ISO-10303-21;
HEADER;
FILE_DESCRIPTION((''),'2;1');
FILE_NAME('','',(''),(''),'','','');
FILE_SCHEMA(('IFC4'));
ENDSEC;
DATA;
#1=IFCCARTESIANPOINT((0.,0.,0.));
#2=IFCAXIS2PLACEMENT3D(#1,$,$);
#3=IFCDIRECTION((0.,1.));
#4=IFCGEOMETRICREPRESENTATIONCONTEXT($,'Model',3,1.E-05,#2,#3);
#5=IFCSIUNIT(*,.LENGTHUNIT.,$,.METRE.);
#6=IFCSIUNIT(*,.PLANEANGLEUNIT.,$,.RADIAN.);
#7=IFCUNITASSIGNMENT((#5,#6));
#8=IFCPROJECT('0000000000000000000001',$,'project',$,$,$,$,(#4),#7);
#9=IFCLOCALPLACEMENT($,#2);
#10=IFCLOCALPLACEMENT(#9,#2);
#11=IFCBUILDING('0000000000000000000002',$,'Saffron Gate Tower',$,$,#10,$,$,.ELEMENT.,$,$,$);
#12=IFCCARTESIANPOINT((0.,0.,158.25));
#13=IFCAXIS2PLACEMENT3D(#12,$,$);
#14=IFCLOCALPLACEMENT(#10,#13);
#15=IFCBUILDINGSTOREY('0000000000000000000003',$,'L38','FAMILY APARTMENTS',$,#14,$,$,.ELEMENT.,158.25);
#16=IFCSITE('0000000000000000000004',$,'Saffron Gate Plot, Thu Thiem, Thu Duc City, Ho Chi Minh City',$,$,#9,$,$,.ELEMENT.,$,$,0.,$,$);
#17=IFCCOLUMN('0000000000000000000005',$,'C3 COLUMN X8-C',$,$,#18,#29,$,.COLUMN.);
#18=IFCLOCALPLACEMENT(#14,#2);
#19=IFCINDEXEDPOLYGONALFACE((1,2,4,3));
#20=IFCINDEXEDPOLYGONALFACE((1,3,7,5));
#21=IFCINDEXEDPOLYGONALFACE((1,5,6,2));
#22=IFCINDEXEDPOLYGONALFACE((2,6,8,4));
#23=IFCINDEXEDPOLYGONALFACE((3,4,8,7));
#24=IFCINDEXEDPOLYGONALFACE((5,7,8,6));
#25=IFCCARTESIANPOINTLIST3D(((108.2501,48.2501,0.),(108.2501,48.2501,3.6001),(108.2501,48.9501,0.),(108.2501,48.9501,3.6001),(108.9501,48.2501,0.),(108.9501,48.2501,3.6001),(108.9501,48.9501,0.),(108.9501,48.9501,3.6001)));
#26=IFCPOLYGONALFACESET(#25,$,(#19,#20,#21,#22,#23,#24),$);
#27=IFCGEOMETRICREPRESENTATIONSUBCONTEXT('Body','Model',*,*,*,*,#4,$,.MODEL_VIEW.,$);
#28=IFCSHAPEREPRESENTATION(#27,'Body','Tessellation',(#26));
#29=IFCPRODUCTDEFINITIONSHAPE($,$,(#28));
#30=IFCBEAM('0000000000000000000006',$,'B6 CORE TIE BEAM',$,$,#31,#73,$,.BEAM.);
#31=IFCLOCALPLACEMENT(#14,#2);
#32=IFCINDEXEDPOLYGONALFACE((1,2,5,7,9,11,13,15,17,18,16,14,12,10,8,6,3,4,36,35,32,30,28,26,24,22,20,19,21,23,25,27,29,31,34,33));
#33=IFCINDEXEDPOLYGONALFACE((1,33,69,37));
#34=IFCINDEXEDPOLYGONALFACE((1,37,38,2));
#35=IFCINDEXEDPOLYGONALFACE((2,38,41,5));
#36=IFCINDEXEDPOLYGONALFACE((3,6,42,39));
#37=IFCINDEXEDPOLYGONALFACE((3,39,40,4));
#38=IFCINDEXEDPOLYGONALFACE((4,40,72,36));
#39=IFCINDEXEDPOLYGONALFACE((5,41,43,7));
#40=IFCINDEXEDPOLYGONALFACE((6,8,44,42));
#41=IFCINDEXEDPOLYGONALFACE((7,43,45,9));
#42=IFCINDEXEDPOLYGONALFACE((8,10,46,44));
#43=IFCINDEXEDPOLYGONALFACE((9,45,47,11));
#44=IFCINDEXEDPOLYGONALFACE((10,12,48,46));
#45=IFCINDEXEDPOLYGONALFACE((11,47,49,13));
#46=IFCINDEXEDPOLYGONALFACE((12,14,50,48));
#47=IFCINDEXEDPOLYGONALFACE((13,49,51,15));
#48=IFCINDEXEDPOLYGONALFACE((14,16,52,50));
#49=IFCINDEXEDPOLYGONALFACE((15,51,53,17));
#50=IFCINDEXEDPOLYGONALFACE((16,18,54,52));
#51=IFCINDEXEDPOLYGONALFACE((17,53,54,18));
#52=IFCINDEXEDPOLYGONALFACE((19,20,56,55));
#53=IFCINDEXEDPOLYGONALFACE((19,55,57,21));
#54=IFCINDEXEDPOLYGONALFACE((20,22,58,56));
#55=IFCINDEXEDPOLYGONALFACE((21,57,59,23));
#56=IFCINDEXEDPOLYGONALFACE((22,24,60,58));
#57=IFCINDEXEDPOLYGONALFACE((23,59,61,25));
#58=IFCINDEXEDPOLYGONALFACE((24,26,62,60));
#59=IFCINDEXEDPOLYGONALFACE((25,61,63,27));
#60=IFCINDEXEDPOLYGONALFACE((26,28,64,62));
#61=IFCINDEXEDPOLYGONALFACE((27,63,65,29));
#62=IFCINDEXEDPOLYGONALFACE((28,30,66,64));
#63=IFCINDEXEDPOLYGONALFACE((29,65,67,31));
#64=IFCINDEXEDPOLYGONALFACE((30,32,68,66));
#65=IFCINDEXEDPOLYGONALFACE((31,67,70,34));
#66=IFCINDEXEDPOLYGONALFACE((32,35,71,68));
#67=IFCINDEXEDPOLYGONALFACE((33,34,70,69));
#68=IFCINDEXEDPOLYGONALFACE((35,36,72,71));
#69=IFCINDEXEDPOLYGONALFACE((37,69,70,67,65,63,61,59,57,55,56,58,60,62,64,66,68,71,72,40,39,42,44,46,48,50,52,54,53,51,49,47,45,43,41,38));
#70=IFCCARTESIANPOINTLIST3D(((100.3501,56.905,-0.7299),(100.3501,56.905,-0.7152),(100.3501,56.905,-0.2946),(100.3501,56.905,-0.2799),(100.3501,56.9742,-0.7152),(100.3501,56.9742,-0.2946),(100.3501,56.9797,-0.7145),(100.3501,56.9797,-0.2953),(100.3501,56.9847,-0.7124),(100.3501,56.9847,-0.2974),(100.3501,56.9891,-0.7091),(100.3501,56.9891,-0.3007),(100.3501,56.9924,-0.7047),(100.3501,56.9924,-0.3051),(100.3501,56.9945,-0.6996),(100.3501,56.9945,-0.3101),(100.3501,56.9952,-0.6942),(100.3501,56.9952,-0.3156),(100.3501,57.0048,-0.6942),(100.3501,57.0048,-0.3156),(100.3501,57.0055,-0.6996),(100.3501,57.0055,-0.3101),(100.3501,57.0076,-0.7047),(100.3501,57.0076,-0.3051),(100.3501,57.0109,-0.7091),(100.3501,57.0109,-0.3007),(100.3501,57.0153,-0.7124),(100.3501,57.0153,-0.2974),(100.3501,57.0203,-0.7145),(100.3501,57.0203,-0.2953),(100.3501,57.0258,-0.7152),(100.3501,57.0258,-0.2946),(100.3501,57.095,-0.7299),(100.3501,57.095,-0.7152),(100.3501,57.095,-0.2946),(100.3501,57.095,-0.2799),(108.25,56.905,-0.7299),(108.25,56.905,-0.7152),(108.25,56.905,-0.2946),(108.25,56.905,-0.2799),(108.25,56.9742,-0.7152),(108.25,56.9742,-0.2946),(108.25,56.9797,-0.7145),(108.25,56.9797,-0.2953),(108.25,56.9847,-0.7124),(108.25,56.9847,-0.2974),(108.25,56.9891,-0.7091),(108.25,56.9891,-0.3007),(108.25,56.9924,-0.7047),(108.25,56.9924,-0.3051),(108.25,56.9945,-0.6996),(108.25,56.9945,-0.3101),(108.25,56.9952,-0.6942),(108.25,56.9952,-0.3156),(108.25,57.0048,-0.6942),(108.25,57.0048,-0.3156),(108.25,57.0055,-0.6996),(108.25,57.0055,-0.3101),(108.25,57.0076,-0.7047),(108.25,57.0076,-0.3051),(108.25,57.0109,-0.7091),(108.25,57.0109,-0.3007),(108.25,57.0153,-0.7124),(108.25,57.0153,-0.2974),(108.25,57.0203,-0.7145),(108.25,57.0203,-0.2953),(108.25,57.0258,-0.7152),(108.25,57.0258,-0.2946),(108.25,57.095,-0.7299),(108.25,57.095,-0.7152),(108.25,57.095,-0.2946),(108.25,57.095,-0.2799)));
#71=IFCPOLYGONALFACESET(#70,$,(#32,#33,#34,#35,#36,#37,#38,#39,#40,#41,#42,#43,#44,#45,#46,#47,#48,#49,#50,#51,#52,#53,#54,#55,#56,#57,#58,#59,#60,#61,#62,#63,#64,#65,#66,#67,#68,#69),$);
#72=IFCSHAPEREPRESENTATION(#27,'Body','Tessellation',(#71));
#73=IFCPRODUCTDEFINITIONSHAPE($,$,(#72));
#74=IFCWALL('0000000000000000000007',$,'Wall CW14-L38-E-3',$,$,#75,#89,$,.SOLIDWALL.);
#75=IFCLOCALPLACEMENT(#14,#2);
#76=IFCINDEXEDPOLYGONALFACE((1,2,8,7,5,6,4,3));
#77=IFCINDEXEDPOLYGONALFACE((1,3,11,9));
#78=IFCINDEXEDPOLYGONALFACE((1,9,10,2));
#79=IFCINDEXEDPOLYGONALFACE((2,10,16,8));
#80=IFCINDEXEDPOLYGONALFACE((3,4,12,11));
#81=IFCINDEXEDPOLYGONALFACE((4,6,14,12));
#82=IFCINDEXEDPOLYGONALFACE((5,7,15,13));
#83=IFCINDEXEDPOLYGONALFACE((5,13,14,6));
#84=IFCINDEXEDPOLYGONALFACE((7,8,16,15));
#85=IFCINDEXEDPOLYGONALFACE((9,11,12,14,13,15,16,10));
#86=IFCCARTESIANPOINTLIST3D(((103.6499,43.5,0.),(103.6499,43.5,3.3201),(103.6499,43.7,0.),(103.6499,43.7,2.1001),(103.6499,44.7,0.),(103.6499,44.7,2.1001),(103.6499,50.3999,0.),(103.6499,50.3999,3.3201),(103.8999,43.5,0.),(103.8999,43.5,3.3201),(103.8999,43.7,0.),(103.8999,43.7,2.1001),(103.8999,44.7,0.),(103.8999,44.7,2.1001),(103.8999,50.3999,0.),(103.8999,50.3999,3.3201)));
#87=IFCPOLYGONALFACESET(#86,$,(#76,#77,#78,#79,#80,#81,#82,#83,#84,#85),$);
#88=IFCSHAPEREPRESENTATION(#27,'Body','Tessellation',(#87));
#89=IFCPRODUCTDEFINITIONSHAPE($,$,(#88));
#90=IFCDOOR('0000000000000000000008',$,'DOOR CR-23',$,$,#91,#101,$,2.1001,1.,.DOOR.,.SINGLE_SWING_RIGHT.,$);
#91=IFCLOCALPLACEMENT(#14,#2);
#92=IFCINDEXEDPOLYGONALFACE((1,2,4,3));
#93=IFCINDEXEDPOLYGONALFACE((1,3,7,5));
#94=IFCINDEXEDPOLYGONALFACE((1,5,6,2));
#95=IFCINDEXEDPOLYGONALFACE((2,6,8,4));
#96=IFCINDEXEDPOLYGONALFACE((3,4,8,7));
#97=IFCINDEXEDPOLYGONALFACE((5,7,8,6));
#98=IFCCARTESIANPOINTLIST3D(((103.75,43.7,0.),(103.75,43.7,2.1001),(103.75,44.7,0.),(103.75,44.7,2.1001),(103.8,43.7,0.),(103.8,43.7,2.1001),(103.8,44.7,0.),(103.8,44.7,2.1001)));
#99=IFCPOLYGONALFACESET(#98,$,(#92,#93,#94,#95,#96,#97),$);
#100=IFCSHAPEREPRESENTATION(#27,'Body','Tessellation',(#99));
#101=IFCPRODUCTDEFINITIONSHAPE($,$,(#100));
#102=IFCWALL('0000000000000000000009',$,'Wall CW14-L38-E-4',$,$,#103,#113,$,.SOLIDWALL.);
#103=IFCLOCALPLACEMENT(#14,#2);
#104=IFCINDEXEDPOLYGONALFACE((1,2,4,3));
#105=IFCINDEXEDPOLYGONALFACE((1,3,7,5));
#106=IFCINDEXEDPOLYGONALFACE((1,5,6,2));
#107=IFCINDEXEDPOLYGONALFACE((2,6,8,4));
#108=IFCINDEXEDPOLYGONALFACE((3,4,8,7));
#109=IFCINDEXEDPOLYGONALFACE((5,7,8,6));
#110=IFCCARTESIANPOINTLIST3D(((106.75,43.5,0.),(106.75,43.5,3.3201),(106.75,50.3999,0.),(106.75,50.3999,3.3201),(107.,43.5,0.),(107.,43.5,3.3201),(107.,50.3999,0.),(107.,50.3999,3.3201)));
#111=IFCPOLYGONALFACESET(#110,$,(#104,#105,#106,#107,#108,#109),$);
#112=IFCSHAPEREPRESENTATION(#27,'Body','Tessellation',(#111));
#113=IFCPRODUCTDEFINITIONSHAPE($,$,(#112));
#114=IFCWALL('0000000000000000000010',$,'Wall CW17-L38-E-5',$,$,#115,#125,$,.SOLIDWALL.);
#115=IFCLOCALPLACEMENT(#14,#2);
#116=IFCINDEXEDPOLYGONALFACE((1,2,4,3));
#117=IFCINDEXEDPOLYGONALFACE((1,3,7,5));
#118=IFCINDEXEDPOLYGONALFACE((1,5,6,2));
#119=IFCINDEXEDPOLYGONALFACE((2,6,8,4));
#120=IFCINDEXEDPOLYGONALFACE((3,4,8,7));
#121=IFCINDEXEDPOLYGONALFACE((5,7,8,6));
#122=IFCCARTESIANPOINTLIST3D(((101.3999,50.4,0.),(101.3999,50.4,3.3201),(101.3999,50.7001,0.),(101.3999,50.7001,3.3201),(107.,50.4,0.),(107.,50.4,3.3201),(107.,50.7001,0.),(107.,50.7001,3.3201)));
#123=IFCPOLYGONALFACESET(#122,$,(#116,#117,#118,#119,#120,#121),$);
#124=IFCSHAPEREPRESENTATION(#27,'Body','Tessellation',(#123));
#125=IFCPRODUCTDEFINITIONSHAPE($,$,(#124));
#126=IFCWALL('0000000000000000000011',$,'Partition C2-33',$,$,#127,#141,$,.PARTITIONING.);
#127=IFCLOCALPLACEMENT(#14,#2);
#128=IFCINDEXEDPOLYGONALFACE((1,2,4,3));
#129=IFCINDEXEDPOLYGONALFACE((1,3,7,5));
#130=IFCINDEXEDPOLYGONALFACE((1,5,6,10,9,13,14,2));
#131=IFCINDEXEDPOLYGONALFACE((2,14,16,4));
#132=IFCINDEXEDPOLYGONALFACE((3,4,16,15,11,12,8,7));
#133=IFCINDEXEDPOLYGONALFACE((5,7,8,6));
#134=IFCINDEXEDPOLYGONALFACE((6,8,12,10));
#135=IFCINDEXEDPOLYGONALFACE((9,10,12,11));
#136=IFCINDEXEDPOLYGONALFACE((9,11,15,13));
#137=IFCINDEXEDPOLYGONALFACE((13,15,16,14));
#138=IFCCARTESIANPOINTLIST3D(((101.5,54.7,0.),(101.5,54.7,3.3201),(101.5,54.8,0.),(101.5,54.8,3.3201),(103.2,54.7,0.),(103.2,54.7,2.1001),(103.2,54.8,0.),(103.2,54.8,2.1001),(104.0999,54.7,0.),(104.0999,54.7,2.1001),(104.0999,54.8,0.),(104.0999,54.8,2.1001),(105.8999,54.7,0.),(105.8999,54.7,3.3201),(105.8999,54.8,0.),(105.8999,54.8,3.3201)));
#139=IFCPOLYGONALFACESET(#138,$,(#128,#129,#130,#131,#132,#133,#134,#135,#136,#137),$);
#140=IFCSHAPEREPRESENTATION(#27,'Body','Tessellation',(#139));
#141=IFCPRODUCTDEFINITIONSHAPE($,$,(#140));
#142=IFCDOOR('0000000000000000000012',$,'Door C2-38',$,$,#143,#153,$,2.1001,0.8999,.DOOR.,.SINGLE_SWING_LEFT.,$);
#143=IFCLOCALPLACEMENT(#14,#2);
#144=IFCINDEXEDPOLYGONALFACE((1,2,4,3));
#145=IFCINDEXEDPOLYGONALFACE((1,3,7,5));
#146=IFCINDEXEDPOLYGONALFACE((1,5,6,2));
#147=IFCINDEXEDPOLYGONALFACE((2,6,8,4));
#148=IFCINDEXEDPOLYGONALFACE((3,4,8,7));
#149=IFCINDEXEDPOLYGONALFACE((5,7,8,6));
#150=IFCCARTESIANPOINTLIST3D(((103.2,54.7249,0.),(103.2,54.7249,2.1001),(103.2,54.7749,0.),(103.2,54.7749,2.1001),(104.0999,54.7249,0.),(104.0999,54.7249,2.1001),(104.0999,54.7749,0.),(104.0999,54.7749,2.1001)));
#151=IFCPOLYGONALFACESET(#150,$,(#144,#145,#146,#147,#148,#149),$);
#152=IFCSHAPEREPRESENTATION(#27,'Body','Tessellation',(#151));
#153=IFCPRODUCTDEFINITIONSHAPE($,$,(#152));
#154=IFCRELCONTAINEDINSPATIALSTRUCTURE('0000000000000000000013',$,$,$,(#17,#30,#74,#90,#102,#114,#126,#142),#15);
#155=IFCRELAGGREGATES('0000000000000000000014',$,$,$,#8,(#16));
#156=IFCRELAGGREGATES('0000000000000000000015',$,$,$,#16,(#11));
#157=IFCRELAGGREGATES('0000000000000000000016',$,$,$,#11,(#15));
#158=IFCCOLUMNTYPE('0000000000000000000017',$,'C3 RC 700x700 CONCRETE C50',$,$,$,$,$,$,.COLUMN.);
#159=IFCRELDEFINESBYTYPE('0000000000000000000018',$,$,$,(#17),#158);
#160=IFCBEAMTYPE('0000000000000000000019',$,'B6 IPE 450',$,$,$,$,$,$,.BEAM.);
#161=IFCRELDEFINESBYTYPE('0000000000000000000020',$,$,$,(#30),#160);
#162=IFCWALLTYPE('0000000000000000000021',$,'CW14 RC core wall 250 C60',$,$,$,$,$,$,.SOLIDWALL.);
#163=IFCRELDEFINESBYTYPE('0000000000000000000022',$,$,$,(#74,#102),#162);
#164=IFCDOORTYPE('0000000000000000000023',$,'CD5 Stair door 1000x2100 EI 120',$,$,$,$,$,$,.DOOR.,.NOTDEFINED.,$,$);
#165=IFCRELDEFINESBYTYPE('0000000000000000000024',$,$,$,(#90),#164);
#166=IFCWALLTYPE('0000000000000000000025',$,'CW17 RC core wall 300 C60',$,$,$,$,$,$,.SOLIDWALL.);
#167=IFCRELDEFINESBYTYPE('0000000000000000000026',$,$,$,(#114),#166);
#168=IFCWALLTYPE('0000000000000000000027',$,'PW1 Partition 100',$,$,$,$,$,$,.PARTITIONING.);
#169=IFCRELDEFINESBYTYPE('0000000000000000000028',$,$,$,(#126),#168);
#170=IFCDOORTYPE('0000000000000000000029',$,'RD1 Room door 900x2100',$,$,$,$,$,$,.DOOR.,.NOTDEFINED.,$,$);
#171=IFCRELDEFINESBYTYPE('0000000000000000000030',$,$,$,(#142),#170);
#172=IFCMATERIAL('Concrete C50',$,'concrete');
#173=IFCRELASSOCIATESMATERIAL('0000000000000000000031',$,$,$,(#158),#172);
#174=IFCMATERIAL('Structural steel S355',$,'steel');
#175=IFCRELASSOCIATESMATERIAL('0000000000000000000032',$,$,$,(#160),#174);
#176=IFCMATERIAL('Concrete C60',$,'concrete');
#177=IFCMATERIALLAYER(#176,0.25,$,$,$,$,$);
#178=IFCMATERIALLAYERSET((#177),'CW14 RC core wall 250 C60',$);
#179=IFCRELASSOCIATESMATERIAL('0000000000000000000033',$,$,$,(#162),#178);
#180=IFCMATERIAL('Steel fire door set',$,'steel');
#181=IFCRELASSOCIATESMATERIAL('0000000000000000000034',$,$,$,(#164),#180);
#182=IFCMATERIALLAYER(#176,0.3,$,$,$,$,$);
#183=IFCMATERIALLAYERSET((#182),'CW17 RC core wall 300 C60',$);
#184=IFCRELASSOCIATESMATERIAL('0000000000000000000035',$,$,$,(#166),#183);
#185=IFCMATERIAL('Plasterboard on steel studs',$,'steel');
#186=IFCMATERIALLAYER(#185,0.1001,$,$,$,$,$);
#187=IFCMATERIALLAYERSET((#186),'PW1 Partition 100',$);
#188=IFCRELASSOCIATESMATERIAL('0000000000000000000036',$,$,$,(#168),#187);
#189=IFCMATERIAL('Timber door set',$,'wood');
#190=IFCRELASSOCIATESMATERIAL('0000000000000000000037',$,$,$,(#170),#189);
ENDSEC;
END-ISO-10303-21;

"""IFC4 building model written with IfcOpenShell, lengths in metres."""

from ifc_helpers import new_model, si_unit, direction, frame, frame_2d, origin, origin_2d, place, context, subcontext, project, spatial, rectangle, i_section, extrude, material, layer, layer_set, material_profile, profile_set, type_object, element, fill, save


model = new_model("IFC4")

# Units and contexts
model_context = context("Model", 3, precision=1e-05, world=origin(), true_north=direction((0.0, 1.0)))
body_context = subcontext(model_context, "Body", "Model", "MODEL_VIEW")
ifc_project = project(units=[si_unit("LENGTHUNIT", "METRE"), si_unit("PLANEANGLEUNIT", "RADIAN")], contexts=[model_context])

# Site, building, storey
site_placement = place(None, origin())
site = spatial("IfcSite", under=ifc_project, at=site_placement, Name="Saffron Gate Plot, Thu Thiem, Thu Duc City, Ho Chi Minh City", CompositionType="ELEMENT", RefElevation=0.0)
building_placement = place(site_placement, origin())
building = spatial("IfcBuilding", under=site, at=building_placement, Name="Saffron Gate Tower", CompositionType="ELEMENT")
storey_placement = place(building_placement, frame((0.0, 0.0, 158.25)))
storey = spatial("IfcBuildingStorey", under=building, at=storey_placement, Name="L38", Description="FAMILY APARTMENTS", CompositionType="ELEMENT", Elevation=158.25)

# Column
ifc_material_1 = material(Name="Concrete C50", Category="concrete")
ifc_material_profile_1 = material_profile(ifc_material_1, rectangle(XDim=0.7, YDim=0.7, at=origin_2d()))
ifc_profile_set_1 = profile_set([ifc_material_profile_1], Name="Concrete C50")
column_type = type_object("IfcColumnType", Name="C3 RC 700x700 CONCRETE C50", PredefinedType="COLUMN", material=ifc_profile_set_1)
column_placement = place(storey_placement, frame((108.6001, 48.6001, 0.0), z_axis=(0.0, 0.0, 1.0), x_axis=(1.0, 0.0, 0.0)))
element("IfcColumn", 1, at=column_placement, inside=storey, type_object=column_type, Name="C3 COLUMN X8-C", PredefinedType="COLUMN", context=body_context, shape_type="SweptSolid", body=[
    extrude(rectangle(XDim=0.7, YDim=0.7, at=origin_2d()), origin(), (0.0, 0.0, 1.0), 3.6001),
])

# Beam
ifc_material_2 = material(Name="Structural steel S355", Category="steel")
ifc_material_profile_2 = material_profile(ifc_material_2, i_section(OverallWidth=0.1899, OverallDepth=0.45, WebThickness=0.0095, FlangeThickness=0.0146, FilletRadius=0.021, at=origin_2d()))
ifc_profile_set_2 = profile_set([ifc_material_profile_2], Name="Structural steel S355")
beam_type = type_object("IfcBeamType", Name="B6 IPE 450", PredefinedType="BEAM", material=ifc_profile_set_2)
beam_placement = place(storey_placement, frame((108.25, 57.0, -0.5049), z_axis=(-1.0, 0.0, 0.0), x_axis=(0.0, -1.0, 0.0)))
element("IfcBeam", 2, at=beam_placement, inside=storey, type_object=beam_type, Name="B6 CORE TIE BEAM", PredefinedType="BEAM", context=body_context, shape_type="SweptSolid", body=[
    extrude(i_section(OverallWidth=0.1899, OverallDepth=0.45, WebThickness=0.0095, FlangeThickness=0.0146, FilletRadius=0.021, at=origin_2d()), origin(), (0.0, 0.0, 1.0), 7.8999),
])

# Wall, opening, door
ifc_material_3 = material(Name="Concrete C60", Category="concrete")
ifc_layer_1 = layer(ifc_material_3, 0.25)
ifc_layer_set_1 = layer_set([ifc_layer_1], Name="CW14 RC core wall 250 C60")
wall_type_1 = type_object("IfcWallType", Name="CW14 RC core wall 250 C60", PredefinedType="SOLIDWALL", material=ifc_layer_set_1)
wall_1_placement = place(storey_placement, frame((103.7749, 43.5, 0.0), z_axis=(0.0, 0.0, 1.0), x_axis=(0.0, 1.0, 0.0)))
wall_1 = element("IfcWall", 3, at=wall_1_placement, inside=storey, type_object=wall_type_1, Name="Wall CW14-L38-E-3", PredefinedType="SOLIDWALL", context=body_context, shape_type="SweptSolid", body=[
    extrude(rectangle(XDim=6.8999, YDim=0.25, at=frame_2d((3.45, 0.0))), origin(), (0.0, 0.0, 1.0), 3.3201),
])
opening_1_placement = place(wall_1_placement, frame((0.2, 0.0, 0.0)))
opening_1 = element("IfcOpeningElement", 4, at=opening_1_placement, cuts=wall_1, PredefinedType="OPENING", context=body_context, shape_type="SweptSolid", body=[
    extrude(rectangle(XDim=1.0, YDim=2.1001, at=frame_2d((0.5, 1.05))), frame((0.0, 0.135, 0.0), z_axis=(0.0, -1.0, 0.0), x_axis=(1.0, 0.0, 0.0)), (0.0, 0.0, 1.0), 0.27),
])
ifc_material_4 = material(Name="Steel fire door set", Category="steel")
door_type_1 = type_object("IfcDoorType", Name="CD5 Stair door 1000x2100 EI 120", OperationType="NOTDEFINED", PredefinedType="DOOR", material=ifc_material_4)
door_1_placement = place(opening_1_placement, origin())
door_1 = element("IfcDoor", 5, at=door_1_placement, inside=storey, type_object=door_type_1, Name="DOOR CR-23", OperationType="SINGLE_SWING_RIGHT", OverallHeight=2.1001, OverallWidth=1.0, PredefinedType="DOOR", context=body_context, shape_type="SweptSolid", body=[
    extrude(rectangle(XDim=1.0, YDim=2.1001, at=frame_2d((0.5, 1.05))), frame((0.0, 0.0249, 0.0), z_axis=(0.0, -1.0, 0.0), x_axis=(1.0, 0.0, 0.0)), (0.0, 0.0, 1.0), 0.05),
])
fill(opening_1, door_1)

# Walls
wall_2_placement = place(storey_placement, frame((106.875, 43.5, 0.0), z_axis=(0.0, 0.0, 1.0), x_axis=(0.0, 1.0, 0.0)))
element("IfcWall", 6, at=wall_2_placement, inside=storey, type_object=wall_type_1, Name="Wall CW14-L38-E-4", PredefinedType="SOLIDWALL", context=body_context, shape_type="SweptSolid", body=[
    extrude(rectangle(XDim=6.8999, YDim=0.25, at=frame_2d((3.45, 0.0))), origin(), (0.0, 0.0, 1.0), 3.3201),
])
ifc_layer_2 = layer(ifc_material_3, 0.3)
ifc_layer_set_2 = layer_set([ifc_layer_2], Name="CW17 RC core wall 300 C60")
wall_type_2 = type_object("IfcWallType", Name="CW17 RC core wall 300 C60", PredefinedType="SOLIDWALL", material=ifc_layer_set_2)
wall_3_placement = place(storey_placement, frame((101.3999, 50.55, 0.0), z_axis=(0.0, 0.0, 1.0), x_axis=(1.0, 0.0, 0.0)))
element("IfcWall", 7, at=wall_3_placement, inside=storey, type_object=wall_type_2, Name="Wall CW17-L38-E-5", PredefinedType="SOLIDWALL", context=body_context, shape_type="SweptSolid", body=[
    extrude(rectangle(XDim=5.6001, YDim=0.3, at=frame_2d((2.8, 0.0))), origin(), (0.0, 0.0, 1.0), 3.3201),
])

# Wall, opening, door
ifc_material_5 = material(Name="Plasterboard on steel studs", Category="steel")
ifc_layer_3 = layer(ifc_material_5, 0.1001)
ifc_layer_set_3 = layer_set([ifc_layer_3], Name="PW1 Partition 100")
wall_type_3 = type_object("IfcWallType", Name="PW1 Partition 100", PredefinedType="PARTITIONING", material=ifc_layer_set_3)
wall_4_placement = place(storey_placement, frame((101.5, 54.75, 0.0), z_axis=(0.0, 0.0, 1.0), x_axis=(1.0, 0.0, 0.0)))
wall_4 = element("IfcWall", 8, at=wall_4_placement, inside=storey, type_object=wall_type_3, Name="Partition C2-33", PredefinedType="PARTITIONING", context=body_context, shape_type="SweptSolid", body=[
    extrude(rectangle(XDim=4.3999, YDim=0.1001, at=frame_2d((2.2, 0.0))), origin(), (0.0, 0.0, 1.0), 3.3201),
])
opening_2_placement = place(wall_4_placement, frame((1.7, 0.0, 0.0)))
opening_2 = element("IfcOpeningElement", 9, at=opening_2_placement, cuts=wall_4, PredefinedType="OPENING", context=body_context, shape_type="SweptSolid", body=[
    extrude(rectangle(XDim=0.8999, YDim=2.1001, at=frame_2d((0.45, 1.05))), frame((0.0, 0.0601, 0.0), z_axis=(0.0, -1.0, 0.0), x_axis=(1.0, 0.0, 0.0)), (0.0, 0.0, 1.0), 0.1201),
])
ifc_material_6 = material(Name="Timber door set", Category="wood")
door_type_2 = type_object("IfcDoorType", Name="RD1 Room door 900x2100", OperationType="NOTDEFINED", PredefinedType="DOOR", material=ifc_material_6)
door_2_placement = place(opening_2_placement, origin())
door_2 = element("IfcDoor", 10, at=door_2_placement, inside=storey, type_object=door_type_2, Name="Door C2-38", OperationType="SINGLE_SWING_LEFT", OverallHeight=2.1001, OverallWidth=0.8999, PredefinedType="DOOR", context=body_context, shape_type="SweptSolid", body=[
    extrude(rectangle(XDim=0.8999, YDim=2.1001, at=frame_2d((0.45, 1.05))), frame((0.0, 0.0249, 0.0), z_axis=(0.0, -1.0, 0.0), x_axis=(1.0, 0.0, 0.0)), (0.0, 0.0, 1.0), 0.05),
])
fill(opening_2, door_2)

save(model, "model.ifc")
